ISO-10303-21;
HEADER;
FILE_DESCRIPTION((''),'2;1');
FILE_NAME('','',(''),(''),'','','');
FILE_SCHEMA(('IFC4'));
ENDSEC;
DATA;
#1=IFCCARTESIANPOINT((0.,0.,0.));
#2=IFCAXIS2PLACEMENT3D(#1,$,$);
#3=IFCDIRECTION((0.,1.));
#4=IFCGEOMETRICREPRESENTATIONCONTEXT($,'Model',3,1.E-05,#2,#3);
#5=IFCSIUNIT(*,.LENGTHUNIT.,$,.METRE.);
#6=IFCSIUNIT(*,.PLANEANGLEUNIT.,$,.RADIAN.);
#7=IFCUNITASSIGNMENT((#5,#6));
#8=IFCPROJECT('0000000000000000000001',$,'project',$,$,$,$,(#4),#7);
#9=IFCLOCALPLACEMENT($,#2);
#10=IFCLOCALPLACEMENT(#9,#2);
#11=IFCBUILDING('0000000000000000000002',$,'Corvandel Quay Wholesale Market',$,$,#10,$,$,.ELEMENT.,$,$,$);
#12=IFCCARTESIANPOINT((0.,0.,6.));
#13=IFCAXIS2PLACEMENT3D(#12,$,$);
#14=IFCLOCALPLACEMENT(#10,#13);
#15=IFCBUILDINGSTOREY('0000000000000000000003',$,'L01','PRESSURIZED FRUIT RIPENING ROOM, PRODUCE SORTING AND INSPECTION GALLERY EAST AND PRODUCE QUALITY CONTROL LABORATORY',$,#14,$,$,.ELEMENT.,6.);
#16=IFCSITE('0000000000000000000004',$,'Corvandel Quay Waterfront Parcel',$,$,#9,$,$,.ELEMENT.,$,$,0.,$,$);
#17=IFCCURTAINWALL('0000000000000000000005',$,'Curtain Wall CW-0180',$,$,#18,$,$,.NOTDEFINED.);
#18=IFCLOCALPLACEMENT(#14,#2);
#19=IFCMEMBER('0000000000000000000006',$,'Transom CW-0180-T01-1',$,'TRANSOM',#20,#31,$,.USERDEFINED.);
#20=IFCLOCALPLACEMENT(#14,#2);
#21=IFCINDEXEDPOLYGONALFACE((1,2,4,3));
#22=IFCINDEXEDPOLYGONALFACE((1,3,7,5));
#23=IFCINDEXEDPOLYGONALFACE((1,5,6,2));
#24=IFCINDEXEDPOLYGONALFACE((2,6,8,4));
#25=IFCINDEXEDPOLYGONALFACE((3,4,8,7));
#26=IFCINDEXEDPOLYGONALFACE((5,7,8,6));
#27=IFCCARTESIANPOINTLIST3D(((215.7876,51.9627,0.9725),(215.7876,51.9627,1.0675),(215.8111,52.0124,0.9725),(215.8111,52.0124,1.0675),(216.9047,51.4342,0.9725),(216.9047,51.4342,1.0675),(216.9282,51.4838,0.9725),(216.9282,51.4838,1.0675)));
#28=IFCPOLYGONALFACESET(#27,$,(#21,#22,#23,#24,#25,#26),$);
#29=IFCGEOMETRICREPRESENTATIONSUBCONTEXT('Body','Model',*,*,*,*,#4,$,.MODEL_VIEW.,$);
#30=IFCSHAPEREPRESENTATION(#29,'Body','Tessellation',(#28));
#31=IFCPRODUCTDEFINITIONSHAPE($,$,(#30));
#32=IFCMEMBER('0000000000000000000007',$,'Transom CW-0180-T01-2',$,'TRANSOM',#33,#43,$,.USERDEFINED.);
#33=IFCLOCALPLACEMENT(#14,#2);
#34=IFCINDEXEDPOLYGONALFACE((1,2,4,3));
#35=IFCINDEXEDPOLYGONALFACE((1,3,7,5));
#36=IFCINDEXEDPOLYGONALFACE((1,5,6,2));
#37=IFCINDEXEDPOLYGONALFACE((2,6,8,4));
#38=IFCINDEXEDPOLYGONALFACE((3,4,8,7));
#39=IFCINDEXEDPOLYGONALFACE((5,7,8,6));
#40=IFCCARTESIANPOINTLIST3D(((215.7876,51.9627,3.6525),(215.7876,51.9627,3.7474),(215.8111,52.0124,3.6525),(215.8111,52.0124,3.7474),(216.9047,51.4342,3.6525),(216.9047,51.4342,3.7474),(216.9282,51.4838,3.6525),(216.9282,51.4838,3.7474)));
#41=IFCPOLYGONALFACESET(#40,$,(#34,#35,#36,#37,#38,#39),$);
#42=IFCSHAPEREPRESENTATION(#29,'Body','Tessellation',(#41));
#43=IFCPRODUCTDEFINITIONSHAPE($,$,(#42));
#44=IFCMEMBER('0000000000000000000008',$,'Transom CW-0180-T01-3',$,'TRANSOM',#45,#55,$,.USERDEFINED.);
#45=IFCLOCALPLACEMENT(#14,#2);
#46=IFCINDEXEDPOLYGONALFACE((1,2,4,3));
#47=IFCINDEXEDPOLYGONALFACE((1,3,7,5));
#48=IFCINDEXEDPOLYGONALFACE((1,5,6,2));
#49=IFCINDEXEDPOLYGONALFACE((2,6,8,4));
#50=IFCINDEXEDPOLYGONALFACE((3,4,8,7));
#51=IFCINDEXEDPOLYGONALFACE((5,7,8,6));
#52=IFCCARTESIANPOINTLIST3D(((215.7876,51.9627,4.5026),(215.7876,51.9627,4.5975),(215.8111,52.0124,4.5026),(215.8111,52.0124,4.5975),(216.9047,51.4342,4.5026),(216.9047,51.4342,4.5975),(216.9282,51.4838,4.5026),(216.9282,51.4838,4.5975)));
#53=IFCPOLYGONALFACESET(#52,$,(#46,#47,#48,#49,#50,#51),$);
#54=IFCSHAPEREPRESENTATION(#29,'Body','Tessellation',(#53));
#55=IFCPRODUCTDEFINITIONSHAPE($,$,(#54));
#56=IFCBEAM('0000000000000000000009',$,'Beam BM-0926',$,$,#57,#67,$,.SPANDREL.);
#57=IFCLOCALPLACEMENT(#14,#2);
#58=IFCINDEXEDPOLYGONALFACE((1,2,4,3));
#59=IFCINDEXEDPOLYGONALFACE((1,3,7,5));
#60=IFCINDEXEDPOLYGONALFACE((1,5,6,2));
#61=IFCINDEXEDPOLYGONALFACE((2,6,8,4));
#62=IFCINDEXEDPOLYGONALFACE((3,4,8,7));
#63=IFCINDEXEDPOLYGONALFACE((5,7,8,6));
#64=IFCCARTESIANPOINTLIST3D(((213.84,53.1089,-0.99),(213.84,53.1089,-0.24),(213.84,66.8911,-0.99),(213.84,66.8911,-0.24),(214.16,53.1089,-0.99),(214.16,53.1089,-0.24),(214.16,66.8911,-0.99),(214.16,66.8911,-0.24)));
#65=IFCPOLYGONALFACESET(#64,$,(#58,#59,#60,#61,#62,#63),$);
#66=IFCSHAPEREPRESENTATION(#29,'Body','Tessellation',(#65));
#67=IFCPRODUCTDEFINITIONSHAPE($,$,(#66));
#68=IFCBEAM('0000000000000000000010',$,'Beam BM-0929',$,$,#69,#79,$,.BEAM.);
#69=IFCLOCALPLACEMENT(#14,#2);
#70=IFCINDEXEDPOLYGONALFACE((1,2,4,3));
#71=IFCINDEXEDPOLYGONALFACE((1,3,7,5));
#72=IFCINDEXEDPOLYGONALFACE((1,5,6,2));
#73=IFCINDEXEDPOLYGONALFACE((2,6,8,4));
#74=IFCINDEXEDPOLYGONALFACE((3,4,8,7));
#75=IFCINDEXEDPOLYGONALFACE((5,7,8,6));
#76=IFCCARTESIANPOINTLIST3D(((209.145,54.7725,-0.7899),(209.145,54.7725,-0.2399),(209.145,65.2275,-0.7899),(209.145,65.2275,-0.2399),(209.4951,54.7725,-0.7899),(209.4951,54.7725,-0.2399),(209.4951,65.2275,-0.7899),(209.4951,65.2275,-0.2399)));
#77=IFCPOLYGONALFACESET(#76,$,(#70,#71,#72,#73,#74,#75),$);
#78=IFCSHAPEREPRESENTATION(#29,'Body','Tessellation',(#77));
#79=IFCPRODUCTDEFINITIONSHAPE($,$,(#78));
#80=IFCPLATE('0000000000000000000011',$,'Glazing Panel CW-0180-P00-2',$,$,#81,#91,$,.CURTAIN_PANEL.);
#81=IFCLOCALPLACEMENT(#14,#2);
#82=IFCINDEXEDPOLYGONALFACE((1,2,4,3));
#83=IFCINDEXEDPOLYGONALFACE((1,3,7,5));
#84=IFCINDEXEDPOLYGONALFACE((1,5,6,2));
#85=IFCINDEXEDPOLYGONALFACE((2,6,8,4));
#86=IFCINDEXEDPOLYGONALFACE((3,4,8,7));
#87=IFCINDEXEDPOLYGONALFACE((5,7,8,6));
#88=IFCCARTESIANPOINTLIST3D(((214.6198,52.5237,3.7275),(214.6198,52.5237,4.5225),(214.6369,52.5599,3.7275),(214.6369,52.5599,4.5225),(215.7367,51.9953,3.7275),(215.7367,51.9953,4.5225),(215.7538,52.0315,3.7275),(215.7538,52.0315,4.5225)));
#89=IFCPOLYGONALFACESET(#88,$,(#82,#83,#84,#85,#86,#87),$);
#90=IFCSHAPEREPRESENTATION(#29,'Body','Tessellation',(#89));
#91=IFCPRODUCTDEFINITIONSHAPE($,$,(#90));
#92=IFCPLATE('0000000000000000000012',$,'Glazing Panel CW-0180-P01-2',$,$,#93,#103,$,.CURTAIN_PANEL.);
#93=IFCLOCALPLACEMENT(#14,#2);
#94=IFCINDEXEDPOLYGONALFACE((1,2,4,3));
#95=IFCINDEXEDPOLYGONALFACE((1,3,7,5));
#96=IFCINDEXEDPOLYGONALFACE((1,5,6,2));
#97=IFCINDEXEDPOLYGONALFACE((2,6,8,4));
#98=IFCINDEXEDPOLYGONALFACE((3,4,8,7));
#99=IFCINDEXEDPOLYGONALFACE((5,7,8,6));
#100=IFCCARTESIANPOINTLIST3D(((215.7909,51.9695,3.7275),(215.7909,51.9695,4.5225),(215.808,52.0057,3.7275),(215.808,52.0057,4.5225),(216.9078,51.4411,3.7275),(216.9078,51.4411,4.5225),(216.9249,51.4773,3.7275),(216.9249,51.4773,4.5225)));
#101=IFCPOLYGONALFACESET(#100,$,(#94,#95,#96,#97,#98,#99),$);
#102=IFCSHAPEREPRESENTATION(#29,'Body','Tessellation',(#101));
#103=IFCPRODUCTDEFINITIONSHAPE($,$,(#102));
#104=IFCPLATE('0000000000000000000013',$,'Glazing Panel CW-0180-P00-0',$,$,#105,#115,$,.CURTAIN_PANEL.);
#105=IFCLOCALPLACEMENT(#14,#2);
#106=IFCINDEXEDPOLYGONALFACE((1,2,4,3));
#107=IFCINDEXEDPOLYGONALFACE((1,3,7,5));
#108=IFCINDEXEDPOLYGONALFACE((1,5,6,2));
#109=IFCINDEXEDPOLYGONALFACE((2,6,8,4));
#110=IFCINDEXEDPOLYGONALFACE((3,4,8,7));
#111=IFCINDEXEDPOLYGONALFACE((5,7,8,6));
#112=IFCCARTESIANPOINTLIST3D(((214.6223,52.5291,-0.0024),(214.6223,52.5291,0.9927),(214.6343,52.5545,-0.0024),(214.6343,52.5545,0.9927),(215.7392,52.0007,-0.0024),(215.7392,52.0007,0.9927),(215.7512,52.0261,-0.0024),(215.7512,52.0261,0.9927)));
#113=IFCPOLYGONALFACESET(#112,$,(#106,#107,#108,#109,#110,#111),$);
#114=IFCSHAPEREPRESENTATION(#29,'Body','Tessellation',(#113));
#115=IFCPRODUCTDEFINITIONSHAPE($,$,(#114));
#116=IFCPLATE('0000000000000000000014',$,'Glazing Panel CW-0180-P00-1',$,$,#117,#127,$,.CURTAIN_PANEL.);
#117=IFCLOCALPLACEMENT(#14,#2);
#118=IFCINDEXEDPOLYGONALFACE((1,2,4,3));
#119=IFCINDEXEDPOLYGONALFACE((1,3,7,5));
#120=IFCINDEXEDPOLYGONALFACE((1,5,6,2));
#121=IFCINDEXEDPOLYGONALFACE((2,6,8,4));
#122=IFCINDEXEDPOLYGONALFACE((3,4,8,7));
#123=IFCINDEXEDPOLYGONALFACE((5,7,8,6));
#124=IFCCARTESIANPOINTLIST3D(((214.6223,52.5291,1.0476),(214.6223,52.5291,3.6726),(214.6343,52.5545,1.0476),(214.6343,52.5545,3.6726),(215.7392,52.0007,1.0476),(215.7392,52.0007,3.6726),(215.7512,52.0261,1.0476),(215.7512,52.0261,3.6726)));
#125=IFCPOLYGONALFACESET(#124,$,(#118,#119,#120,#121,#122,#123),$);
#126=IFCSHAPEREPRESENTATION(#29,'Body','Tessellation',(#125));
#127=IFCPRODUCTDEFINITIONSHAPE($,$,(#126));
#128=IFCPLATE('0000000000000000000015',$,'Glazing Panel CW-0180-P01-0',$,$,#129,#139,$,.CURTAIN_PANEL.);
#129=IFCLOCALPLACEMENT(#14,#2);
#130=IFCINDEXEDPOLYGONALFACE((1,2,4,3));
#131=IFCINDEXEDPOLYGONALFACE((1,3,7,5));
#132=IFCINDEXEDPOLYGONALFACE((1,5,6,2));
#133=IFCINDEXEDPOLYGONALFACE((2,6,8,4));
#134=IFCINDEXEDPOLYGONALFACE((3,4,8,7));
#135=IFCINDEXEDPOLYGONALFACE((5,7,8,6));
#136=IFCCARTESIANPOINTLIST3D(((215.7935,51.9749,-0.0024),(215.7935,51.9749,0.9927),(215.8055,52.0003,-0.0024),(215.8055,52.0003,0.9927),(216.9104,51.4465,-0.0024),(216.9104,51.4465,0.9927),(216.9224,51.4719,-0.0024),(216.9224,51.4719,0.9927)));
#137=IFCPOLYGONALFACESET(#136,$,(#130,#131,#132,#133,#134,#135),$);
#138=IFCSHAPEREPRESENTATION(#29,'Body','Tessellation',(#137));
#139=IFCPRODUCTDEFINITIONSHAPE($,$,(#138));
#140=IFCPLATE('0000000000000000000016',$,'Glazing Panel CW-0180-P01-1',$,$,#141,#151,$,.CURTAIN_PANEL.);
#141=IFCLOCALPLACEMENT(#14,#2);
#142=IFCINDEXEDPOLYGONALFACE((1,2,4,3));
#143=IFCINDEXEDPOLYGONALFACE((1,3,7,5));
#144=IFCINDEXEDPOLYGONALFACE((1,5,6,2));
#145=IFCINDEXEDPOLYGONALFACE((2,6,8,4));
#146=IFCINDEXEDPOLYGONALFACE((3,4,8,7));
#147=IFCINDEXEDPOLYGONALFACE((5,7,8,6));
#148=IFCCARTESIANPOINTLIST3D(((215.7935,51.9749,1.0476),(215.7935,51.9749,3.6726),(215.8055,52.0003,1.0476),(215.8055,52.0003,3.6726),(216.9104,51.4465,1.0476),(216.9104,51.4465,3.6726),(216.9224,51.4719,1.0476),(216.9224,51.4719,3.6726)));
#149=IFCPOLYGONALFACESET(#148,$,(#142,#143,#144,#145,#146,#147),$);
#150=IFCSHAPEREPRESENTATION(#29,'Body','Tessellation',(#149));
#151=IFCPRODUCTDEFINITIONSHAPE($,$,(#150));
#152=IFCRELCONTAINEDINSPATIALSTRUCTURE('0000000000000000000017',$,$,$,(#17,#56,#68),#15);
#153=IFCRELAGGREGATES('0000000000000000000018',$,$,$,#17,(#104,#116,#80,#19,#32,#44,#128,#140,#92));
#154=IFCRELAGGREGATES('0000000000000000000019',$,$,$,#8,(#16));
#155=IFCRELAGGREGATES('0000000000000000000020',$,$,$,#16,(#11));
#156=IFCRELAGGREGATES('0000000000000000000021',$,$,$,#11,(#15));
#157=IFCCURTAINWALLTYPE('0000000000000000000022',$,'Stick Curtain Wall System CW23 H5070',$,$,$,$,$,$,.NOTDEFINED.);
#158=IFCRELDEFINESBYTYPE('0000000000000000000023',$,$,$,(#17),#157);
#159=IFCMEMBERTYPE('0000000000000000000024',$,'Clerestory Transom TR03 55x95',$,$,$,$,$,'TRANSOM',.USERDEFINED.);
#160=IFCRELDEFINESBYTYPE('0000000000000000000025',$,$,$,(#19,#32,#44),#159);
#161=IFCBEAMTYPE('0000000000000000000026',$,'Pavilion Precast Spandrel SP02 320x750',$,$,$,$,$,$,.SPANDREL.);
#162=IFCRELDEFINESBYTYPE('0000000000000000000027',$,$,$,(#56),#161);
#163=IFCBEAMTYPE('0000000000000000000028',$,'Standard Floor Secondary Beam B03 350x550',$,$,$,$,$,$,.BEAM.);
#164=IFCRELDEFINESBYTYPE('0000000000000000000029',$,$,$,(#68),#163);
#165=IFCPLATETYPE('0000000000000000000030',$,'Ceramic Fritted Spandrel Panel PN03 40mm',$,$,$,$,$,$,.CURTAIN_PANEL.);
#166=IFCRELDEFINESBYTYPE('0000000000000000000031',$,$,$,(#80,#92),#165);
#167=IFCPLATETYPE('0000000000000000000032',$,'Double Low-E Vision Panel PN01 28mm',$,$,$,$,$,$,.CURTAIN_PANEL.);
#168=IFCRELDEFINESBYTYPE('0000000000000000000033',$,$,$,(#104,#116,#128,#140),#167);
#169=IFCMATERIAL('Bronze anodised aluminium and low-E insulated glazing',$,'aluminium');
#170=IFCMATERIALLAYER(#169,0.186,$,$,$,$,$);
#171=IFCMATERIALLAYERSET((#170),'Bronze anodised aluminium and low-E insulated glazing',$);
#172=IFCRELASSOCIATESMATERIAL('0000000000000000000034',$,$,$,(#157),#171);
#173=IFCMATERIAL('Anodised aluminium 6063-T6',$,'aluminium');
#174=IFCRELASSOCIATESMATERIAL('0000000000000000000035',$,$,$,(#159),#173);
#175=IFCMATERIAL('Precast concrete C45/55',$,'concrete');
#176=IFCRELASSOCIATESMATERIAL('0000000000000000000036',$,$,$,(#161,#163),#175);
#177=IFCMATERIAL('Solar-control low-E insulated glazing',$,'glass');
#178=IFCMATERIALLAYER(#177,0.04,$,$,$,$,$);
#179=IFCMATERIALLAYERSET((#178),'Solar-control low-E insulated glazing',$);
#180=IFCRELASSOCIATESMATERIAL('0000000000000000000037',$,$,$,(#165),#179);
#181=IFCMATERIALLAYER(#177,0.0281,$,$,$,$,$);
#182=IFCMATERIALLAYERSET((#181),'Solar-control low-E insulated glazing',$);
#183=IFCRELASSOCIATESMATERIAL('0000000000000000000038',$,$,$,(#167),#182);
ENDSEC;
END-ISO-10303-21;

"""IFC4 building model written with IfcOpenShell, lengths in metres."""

from ifc_helpers import new_model, si_unit, direction, frame, origin, origin_2d, place, context, subcontext, project, spatial, rectangle, extrude, material, layer, layer_set, material_profile, profile_set, type_object, element, aggregate, save


model = new_model("IFC4")

# Units and contexts
model_context = context("Model", 3, precision=1e-05, world=origin(), true_north=direction((0.0, 1.0)))
body_context = subcontext(model_context, "Body", "Model", "MODEL_VIEW")
ifc_project = project(units=[si_unit("LENGTHUNIT", "METRE"), si_unit("PLANEANGLEUNIT", "RADIAN")], contexts=[model_context])

# Site, building, storey
site_placement = place(None, origin())
site = spatial("IfcSite", under=ifc_project, at=site_placement, Name="Corvandel Quay Waterfront Parcel", CompositionType="ELEMENT", RefElevation=0.0)
building_placement = place(site_placement, origin())
building = spatial("IfcBuilding", under=site, at=building_placement, Name="Corvandel Quay Wholesale Market", CompositionType="ELEMENT")
storey_placement = place(building_placement, frame((0.0, 0.0, 6.0)))
storey = spatial("IfcBuildingStorey", under=building, at=storey_placement, Name="L01", Description="PRESSURIZED FRUIT RIPENING ROOM, PRODUCE SORTING AND INSPECTION GALLERY EAST AND PRODUCE QUALITY CONTROL LABORATORY", CompositionType="ELEMENT", Elevation=6.0)

# Shared definitions
ifc_material_1 = material(Name="Precast concrete C45/55", Category="concrete")

# Curtain wall, members
ifc_material_2 = material(Name="Bronze anodised aluminium and low-E insulated glazing", Category="aluminium")
ifc_layer_1 = layer(ifc_material_2, 0.186)
ifc_layer_set_1 = layer_set([ifc_layer_1], Name="Bronze anodised aluminium and low-E insulated glazing")
curtain_wall_type = type_object("IfcCurtainWallType", Name="Stick Curtain Wall System CW23 H5070", PredefinedType="NOTDEFINED", material=ifc_layer_set_1)
curtain_wall_placement = place(storey_placement, origin())
curtain_wall = element("IfcCurtainWall", 1, at=curtain_wall_placement, inside=storey, type_object=curtain_wall_type, Name="Curtain Wall CW-0180", PredefinedType="NOTDEFINED")
ifc_material_3 = material(Name="Anodised aluminium 6063-T6", Category="aluminium")
ifc_material_profile_1 = material_profile(ifc_material_3, rectangle(XDim=0.0549, YDim=0.095, at=origin_2d()), Name="ALU-TRN-55x95")
ifc_profile_set_1 = profile_set([ifc_material_profile_1], Name="Anodised aluminium 6063-T6")
member_type_1 = type_object("IfcMemberType", Name="Clerestory Transom TR03 55x95", ElementType="TRANSOM", PredefinedType="USERDEFINED", material=ifc_profile_set_1)
member_1_placement = place(storey_placement, frame((215.7993, 51.9875, 1.02), z_axis=(0.903935, -0.42767, 0.0), x_axis=(0.42767, 0.903935, 0.0)))
member_1 = element("IfcMember", 2, at=member_1_placement, type_object=member_type_1, Name="Transom CW-0180-T01-1", ObjectType="TRANSOM", PredefinedType="USERDEFINED", context=body_context, shape_type="SweptSolid", body=[
    extrude(rectangle(XDim=0.0549, YDim=0.095, at=origin_2d()), origin(), (0.0, 0.0, 1.0), 1.2358),
])
member_2_placement = place(storey_placement, frame((215.7993, 51.9875, 3.7), z_axis=(0.903935, -0.42767, 0.0), x_axis=(0.42767, 0.903935, 0.0)))
member_2 = element("IfcMember", 3, at=member_2_placement, type_object=member_type_1, Name="Transom CW-0180-T01-2", ObjectType="TRANSOM", PredefinedType="USERDEFINED", context=body_context, shape_type="SweptSolid", body=[
    extrude(rectangle(XDim=0.0549, YDim=0.095, at=origin_2d()), origin(), (0.0, 0.0, 1.0), 1.2358),
])
member_3_placement = place(storey_placement, frame((215.7993, 51.9875, 4.55), z_axis=(0.903935, -0.42767, 0.0), x_axis=(0.42767, 0.903935, 0.0)))
member_3 = element("IfcMember", 4, at=member_3_placement, type_object=member_type_1, Name="Transom CW-0180-T01-3", ObjectType="TRANSOM", PredefinedType="USERDEFINED", context=body_context, shape_type="SweptSolid", body=[
    extrude(rectangle(XDim=0.0549, YDim=0.095, at=origin_2d()), origin(), (0.0, 0.0, 1.0), 1.2358),
])

# Beams
ifc_material_profile_2 = material_profile(ifc_material_1, rectangle(XDim=0.3201, YDim=0.75, at=origin_2d()), Name="PC-SPN-320x750")
ifc_profile_set_2 = profile_set([ifc_material_profile_2], Name="Precast concrete C45/55")
beam_type_1 = type_object("IfcBeamType", Name="Pavilion Precast Spandrel SP02 320x750", PredefinedType="SPANDREL", material=ifc_profile_set_2)
beam_1_placement = place(storey_placement, frame((214.0, 53.1089, -0.615), z_axis=(0.0, 1.0, 0.0), x_axis=(-1.0, 0.0, 0.0)))
element("IfcBeam", 5, at=beam_1_placement, inside=storey, type_object=beam_type_1, Name="Beam BM-0926", PredefinedType="SPANDREL", context=body_context, shape_type="SweptSolid", body=[
    extrude(rectangle(XDim=0.3201, YDim=0.75, at=origin_2d()), origin(), (0.0, 0.0, 1.0), 13.7822),
])
ifc_material_profile_3 = material_profile(ifc_material_1, rectangle(XDim=0.3501, YDim=0.55, at=origin_2d()), Name="PC-BM-350x550")
ifc_profile_set_3 = profile_set([ifc_material_profile_3], Name="Precast concrete C45/55")
beam_type_2 = type_object("IfcBeamType", Name="Standard Floor Secondary Beam B03 350x550", PredefinedType="BEAM", material=ifc_profile_set_3)
beam_2_placement = place(storey_placement, frame((209.3201, 54.7725, -0.5149), z_axis=(0.0, 1.0, 0.0), x_axis=(-1.0, 0.0, 0.0)))
element("IfcBeam", 6, at=beam_2_placement, inside=storey, type_object=beam_type_2, Name="Beam BM-0929", PredefinedType="BEAM", context=body_context, shape_type="SweptSolid", body=[
    extrude(rectangle(XDim=0.3501, YDim=0.55, at=origin_2d()), origin(), (0.0, 0.0, 1.0), 10.4551),
])

# Plates
ifc_material_4 = material(Name="Solar-control low-E insulated glazing", Category="glass")
ifc_layer_2 = layer(ifc_material_4, 0.04)
ifc_layer_set_2 = layer_set([ifc_layer_2], Name="Solar-control low-E insulated glazing")
plate_type_1 = type_object("IfcPlateType", Name="Ceramic Fritted Spandrel Panel PN03 40mm", PredefinedType="CURTAIN_PANEL", material=ifc_layer_set_2)
plate_1_placement = place(storey_placement, frame((215.1868, 52.2776, 3.7275), z_axis=(0.0, 0.0, 1.0), x_axis=(-0.903933, 0.427673, 0.0)))
plate_1 = element("IfcPlate", 7, at=plate_1_placement, type_object=plate_type_1, Name="Glazing Panel CW-0180-P00-2", PredefinedType="CURTAIN_PANEL", context=body_context, shape_type="SweptSolid", body=[
    extrude(rectangle(XDim=1.2356, YDim=0.04, at=origin_2d()), origin(), (0.0, 0.0, 1.0), 0.7949),
])
plate_2_placement = place(storey_placement, frame((216.3579, 51.7234, 3.7275), z_axis=(0.0, 0.0, 1.0), x_axis=(-0.903933, 0.427673, 0.0)))
plate_2 = element("IfcPlate", 8, at=plate_2_placement, type_object=plate_type_1, Name="Glazing Panel CW-0180-P01-2", PredefinedType="CURTAIN_PANEL", context=body_context, shape_type="SweptSolid", body=[
    extrude(rectangle(XDim=1.2356, YDim=0.04, at=origin_2d()), origin(), (0.0, 0.0, 1.0), 0.7949),
])
ifc_layer_3 = layer(ifc_material_4, 0.0281)
ifc_layer_set_3 = layer_set([ifc_layer_3], Name="Solar-control low-E insulated glazing")
plate_type_2 = type_object("IfcPlateType", Name="Double Low-E Vision Panel PN01 28mm", PredefinedType="CURTAIN_PANEL", material=ifc_layer_set_3)
plate_3_placement = place(storey_placement, frame((215.1868, 52.2776, -0.0024), z_axis=(0.0, 0.0, 1.0), x_axis=(-0.903933, 0.427673, 0.0)))
plate_3 = element("IfcPlate", 9, at=plate_3_placement, type_object=plate_type_2, Name="Glazing Panel CW-0180-P00-0", PredefinedType="CURTAIN_PANEL", context=body_context, shape_type="SweptSolid", body=[
    extrude(rectangle(XDim=1.2356, YDim=0.0281, at=origin_2d()), origin(), (0.0, 0.0, 1.0), 0.9951),
])
plate_4_placement = place(storey_placement, frame((215.1868, 52.2776, 1.0476), z_axis=(0.0, 0.0, 1.0), x_axis=(-0.903933, 0.427673, 0.0)))
plate_4 = element("IfcPlate", 10, at=plate_4_placement, type_object=plate_type_2, Name="Glazing Panel CW-0180-P00-1", PredefinedType="CURTAIN_PANEL", context=body_context, shape_type="SweptSolid", body=[
    extrude(rectangle(XDim=1.2356, YDim=0.0281, at=origin_2d()), origin(), (0.0, 0.0, 1.0), 2.625),
])
plate_5_placement = place(storey_placement, frame((216.3579, 51.7234, -0.0024), z_axis=(0.0, 0.0, 1.0), x_axis=(-0.903933, 0.427673, 0.0)))
plate_5 = element("IfcPlate", 11, at=plate_5_placement, type_object=plate_type_2, Name="Glazing Panel CW-0180-P01-0", PredefinedType="CURTAIN_PANEL", context=body_context, shape_type="SweptSolid", body=[
    extrude(rectangle(XDim=1.2356, YDim=0.0281, at=origin_2d()), origin(), (0.0, 0.0, 1.0), 0.9951),
])
plate_6_placement = place(storey_placement, frame((216.3579, 51.7234, 1.0476), z_axis=(0.0, 0.0, 1.0), x_axis=(-0.903933, 0.427673, 0.0)))
plate_6 = element("IfcPlate", 12, at=plate_6_placement, type_object=plate_type_2, Name="Glazing Panel CW-0180-P01-1", PredefinedType="CURTAIN_PANEL", context=body_context, shape_type="SweptSolid", body=[
    extrude(rectangle(XDim=1.2356, YDim=0.0281, at=origin_2d()), origin(), (0.0, 0.0, 1.0), 2.625),
])
aggregate(curtain_wall, [plate_3, plate_4, plate_1, member_1, member_2, member_3, plate_5, plate_6, plate_2])

save(model, "model.ifc")
